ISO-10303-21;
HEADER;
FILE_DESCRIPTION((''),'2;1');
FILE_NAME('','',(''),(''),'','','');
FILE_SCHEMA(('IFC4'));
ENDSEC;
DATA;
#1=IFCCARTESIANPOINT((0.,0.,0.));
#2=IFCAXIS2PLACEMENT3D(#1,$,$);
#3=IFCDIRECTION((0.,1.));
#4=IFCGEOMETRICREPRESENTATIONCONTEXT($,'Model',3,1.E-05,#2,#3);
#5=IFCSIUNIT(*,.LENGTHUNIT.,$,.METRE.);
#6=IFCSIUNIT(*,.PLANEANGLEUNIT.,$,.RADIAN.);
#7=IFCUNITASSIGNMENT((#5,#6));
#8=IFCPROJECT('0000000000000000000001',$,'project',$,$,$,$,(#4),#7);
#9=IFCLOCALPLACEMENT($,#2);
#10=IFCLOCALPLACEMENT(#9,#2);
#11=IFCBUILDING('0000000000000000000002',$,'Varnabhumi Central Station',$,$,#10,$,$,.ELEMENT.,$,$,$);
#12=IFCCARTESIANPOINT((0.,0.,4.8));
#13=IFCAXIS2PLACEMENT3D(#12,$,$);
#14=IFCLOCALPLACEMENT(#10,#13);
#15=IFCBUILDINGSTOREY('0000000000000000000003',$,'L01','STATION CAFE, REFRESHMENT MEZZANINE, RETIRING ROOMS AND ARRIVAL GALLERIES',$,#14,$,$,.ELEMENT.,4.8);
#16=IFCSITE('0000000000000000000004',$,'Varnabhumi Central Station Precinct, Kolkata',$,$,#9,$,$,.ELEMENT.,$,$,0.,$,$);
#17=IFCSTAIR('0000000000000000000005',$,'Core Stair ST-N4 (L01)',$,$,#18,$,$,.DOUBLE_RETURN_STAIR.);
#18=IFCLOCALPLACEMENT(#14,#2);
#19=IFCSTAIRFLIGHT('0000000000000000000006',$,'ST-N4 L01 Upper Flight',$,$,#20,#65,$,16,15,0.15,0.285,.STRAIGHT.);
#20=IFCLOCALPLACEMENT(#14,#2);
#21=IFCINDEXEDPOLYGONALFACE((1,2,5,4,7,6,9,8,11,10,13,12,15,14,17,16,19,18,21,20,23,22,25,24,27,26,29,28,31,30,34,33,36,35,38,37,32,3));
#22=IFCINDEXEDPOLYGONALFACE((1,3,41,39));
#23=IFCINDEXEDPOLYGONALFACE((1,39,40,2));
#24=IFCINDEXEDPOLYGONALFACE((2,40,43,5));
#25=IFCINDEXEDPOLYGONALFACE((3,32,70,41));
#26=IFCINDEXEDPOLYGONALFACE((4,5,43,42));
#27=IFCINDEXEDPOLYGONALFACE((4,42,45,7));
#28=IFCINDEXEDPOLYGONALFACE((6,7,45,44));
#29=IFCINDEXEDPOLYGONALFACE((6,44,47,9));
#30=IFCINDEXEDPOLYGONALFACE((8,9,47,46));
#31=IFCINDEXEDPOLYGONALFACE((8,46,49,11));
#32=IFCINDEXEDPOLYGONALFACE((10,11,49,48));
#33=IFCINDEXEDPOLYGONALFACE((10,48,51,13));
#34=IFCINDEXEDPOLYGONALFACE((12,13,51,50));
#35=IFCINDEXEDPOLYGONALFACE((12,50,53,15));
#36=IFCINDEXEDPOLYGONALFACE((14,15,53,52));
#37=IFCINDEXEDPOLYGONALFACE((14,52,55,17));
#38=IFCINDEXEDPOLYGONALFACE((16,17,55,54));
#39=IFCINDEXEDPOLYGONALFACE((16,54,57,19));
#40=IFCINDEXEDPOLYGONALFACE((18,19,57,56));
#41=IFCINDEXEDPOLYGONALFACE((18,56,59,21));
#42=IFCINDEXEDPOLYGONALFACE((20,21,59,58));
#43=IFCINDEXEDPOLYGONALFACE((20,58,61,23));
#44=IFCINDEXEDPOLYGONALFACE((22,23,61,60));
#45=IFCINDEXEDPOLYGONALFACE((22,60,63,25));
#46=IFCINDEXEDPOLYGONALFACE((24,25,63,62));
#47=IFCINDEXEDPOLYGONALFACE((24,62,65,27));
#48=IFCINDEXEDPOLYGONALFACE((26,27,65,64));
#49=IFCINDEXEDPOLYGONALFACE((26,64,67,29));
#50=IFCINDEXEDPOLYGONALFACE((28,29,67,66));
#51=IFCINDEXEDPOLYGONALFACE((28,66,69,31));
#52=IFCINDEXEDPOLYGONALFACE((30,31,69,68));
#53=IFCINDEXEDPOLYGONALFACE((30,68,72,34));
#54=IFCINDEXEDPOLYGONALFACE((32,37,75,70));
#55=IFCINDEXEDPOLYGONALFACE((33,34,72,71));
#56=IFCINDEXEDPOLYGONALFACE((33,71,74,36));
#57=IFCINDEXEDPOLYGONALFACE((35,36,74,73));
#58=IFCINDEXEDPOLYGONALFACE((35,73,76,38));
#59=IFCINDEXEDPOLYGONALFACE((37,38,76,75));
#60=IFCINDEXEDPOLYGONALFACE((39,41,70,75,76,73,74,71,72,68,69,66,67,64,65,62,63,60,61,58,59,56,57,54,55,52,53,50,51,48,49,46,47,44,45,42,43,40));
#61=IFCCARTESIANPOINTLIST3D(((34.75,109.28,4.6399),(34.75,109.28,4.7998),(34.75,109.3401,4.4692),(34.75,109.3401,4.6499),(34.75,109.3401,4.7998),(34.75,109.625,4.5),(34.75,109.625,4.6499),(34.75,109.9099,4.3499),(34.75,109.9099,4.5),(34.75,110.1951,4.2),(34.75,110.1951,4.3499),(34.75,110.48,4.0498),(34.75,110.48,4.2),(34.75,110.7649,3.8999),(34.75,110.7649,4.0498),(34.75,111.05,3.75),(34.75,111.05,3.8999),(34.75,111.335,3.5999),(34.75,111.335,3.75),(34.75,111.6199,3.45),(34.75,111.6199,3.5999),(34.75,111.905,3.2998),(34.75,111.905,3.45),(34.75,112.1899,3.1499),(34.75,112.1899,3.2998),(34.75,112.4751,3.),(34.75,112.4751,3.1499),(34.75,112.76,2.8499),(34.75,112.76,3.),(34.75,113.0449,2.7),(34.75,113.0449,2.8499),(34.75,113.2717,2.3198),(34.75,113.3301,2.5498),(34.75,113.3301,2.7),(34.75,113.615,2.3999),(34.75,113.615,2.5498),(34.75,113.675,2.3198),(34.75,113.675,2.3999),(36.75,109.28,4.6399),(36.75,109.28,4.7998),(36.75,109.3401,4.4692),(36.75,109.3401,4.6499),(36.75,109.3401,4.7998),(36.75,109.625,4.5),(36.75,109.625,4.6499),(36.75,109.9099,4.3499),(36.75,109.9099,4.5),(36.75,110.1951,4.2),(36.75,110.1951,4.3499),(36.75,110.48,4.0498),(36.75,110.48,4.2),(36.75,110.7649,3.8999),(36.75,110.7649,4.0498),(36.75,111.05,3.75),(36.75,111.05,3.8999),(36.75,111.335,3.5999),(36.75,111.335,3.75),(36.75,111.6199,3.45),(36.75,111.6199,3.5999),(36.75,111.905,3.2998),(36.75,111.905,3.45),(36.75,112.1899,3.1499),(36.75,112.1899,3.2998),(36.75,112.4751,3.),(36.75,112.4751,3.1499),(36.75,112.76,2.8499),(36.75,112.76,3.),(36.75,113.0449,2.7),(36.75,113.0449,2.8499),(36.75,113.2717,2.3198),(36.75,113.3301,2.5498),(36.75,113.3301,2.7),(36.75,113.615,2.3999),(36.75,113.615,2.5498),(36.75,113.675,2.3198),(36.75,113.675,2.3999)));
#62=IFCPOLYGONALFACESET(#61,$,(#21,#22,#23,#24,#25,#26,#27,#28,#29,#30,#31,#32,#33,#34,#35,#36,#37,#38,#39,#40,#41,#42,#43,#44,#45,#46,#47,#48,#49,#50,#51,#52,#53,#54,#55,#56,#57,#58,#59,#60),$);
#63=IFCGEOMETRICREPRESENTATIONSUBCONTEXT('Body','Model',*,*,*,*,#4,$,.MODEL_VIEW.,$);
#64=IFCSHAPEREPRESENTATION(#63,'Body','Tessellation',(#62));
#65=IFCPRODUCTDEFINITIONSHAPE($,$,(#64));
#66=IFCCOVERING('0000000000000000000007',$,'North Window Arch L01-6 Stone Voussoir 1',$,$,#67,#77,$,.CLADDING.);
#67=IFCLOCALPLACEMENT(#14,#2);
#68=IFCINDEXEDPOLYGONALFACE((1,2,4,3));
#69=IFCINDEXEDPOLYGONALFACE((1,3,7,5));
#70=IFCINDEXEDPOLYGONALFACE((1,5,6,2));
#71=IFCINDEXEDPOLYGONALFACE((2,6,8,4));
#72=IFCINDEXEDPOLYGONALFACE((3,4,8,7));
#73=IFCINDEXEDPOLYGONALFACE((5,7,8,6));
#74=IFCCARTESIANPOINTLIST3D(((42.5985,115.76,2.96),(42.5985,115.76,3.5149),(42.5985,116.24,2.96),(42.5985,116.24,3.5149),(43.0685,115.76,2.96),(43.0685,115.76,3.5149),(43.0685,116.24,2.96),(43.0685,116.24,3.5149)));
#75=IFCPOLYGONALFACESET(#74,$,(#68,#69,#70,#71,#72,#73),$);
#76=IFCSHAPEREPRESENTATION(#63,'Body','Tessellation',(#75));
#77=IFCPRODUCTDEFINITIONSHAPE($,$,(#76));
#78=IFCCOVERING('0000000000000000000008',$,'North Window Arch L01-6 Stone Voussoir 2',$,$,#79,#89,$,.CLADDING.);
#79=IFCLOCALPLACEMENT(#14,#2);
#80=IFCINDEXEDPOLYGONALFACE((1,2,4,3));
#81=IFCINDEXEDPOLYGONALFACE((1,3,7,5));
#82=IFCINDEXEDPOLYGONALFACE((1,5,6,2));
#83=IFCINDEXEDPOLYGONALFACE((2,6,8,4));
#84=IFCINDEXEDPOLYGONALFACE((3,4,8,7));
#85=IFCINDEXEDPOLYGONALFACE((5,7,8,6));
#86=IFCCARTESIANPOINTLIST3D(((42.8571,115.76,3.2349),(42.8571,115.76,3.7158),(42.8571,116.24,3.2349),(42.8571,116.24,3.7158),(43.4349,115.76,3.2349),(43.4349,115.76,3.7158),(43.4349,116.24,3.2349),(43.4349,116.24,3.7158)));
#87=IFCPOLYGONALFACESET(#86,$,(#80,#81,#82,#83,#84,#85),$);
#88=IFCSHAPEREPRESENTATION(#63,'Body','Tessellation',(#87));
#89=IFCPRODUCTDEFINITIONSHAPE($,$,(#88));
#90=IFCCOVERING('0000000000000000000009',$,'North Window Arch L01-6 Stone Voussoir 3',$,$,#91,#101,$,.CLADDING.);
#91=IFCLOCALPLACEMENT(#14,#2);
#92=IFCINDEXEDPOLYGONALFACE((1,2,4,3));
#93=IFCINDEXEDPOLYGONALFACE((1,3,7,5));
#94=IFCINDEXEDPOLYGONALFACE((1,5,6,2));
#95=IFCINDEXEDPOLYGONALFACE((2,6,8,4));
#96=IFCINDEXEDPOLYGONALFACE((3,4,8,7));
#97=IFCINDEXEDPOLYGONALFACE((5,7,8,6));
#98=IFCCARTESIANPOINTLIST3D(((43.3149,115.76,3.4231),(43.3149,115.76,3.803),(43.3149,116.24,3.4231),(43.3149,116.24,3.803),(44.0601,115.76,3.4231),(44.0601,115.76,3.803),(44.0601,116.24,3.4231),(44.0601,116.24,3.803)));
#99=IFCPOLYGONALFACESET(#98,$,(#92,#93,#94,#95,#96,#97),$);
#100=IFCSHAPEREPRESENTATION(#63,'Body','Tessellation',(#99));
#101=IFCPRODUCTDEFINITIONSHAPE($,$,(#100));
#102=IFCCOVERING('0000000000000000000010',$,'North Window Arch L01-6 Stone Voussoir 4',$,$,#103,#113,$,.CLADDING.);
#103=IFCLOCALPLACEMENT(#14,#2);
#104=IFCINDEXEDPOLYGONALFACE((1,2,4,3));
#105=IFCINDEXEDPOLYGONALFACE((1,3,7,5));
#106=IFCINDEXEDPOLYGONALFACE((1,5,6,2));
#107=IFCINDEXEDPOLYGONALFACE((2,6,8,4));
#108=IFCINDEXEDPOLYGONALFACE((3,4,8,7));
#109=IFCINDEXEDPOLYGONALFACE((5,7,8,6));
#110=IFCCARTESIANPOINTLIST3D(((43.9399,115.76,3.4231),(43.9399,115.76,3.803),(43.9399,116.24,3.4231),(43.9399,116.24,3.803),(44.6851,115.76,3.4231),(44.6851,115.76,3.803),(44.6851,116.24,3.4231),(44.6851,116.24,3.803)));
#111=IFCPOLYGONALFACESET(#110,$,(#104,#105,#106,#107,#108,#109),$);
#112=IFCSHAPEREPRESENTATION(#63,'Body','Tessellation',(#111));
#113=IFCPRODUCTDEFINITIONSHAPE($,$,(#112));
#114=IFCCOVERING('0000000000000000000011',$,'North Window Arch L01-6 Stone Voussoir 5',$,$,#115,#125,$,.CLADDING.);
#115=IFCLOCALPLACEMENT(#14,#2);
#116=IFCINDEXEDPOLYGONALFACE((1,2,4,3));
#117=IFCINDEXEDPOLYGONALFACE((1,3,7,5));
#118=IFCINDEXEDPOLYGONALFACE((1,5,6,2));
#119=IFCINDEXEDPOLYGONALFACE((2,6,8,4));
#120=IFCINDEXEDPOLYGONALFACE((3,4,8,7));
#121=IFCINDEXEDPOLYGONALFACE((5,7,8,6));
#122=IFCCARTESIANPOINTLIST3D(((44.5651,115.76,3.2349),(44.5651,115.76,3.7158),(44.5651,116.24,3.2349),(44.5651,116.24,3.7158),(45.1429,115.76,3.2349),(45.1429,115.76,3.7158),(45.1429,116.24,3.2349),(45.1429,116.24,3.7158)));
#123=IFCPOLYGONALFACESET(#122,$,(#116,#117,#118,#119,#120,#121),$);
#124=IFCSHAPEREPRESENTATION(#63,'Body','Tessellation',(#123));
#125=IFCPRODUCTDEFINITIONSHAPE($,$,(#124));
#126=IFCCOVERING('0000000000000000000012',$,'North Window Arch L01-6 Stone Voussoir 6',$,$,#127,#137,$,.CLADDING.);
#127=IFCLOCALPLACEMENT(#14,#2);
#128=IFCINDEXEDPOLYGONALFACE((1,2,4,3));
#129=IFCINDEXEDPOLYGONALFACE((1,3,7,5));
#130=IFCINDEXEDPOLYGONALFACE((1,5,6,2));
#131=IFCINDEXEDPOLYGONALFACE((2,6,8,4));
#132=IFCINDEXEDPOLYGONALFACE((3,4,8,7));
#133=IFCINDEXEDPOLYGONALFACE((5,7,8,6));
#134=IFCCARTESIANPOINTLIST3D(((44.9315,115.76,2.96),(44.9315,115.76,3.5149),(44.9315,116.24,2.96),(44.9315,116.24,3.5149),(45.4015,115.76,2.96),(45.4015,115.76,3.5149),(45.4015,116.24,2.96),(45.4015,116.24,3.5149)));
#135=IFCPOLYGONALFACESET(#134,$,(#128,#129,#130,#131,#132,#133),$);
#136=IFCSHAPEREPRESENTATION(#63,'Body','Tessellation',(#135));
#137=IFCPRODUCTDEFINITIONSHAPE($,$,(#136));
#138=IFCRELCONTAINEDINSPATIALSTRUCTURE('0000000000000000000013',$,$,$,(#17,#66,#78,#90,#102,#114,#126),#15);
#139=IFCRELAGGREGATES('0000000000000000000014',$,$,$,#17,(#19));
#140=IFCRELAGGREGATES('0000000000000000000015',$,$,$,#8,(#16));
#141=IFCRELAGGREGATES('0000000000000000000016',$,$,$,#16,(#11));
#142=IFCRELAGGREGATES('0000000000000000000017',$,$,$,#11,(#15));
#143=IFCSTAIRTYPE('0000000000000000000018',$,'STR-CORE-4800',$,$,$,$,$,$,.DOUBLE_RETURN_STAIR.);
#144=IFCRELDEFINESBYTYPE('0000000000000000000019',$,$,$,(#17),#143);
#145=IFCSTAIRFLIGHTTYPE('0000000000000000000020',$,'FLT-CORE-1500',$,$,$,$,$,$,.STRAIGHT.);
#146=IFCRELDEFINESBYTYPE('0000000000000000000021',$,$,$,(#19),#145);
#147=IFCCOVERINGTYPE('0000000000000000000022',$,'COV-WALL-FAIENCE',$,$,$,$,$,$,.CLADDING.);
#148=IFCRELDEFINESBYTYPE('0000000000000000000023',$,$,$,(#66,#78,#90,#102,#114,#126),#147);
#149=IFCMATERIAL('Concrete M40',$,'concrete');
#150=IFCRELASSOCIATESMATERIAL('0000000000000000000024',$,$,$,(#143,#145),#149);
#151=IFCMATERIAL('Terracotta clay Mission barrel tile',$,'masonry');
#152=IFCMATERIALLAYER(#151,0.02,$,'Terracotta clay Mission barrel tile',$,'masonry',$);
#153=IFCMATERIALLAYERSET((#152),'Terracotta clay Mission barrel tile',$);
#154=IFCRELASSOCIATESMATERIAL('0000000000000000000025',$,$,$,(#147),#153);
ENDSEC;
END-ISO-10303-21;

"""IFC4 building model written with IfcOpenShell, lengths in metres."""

from ifc_helpers import new_model, si_unit, direction, frame, origin, origin_2d, place, context, subcontext, project, spatial, polyline, rectangle, outline, extrude, material, layer, layer_set, type_object, element, aggregate, save


model = new_model("IFC4")

# Units and contexts
model_context = context("Model", 3, precision=1e-05, world=origin(), true_north=direction((0.0, 1.0)))
body_context = subcontext(model_context, "Body", "Model", "MODEL_VIEW")
ifc_project = project(units=[si_unit("LENGTHUNIT", "METRE"), si_unit("PLANEANGLEUNIT", "RADIAN")], contexts=[model_context])

# Site, building, storey
site_placement = place(None, origin())
site = spatial("IfcSite", under=ifc_project, at=site_placement, Name="Varnabhumi Central Station Precinct, Kolkata", CompositionType="ELEMENT", RefElevation=0.0)
building_placement = place(site_placement, origin())
building = spatial("IfcBuilding", under=site, at=building_placement, Name="Varnabhumi Central Station", CompositionType="ELEMENT")
storey_placement = place(building_placement, frame((0.0, 0.0, 4.8)))
storey = spatial("IfcBuildingStorey", under=building, at=storey_placement, Name="L01", Description="STATION CAFE, REFRESHMENT MEZZANINE, RETIRING ROOMS AND ARRIVAL GALLERIES", CompositionType="ELEMENT", Elevation=4.8)

# Shared definitions
ifc_material_1 = material(Name="Concrete M40", Category="concrete")

# Stair, stair flight
stair_type = type_object("IfcStairType", Name="STR-CORE-4800", PredefinedType="DOUBLE_RETURN_STAIR", material=ifc_material_1)
stair_placement = place(storey_placement, origin())
stair = element("IfcStair", 1, at=stair_placement, inside=storey, type_object=stair_type, Name="Core Stair ST-N4 (L01)", PredefinedType="DOUBLE_RETURN_STAIR")
stair_flight_type = type_object("IfcStairFlightType", Name="FLT-CORE-1500", PredefinedType="STRAIGHT", material=ifc_material_1)
stair_flight_placement = place(storey_placement, frame((35.75, 113.615, 2.3999), z_axis=(0.0, 0.0, 1.0), x_axis=(0.0, -1.0, 0.0)))
stair_flight = element("IfcStairFlight", 2, at=stair_flight_placement, type_object=stair_flight_type, Name="ST-N4 L01 Upper Flight", NumberOfRisers=16, NumberOfTreads=15, PredefinedType="STRAIGHT", RiserHeight=0.15, TreadLength=0.285, context=body_context, shape_type="SweptSolid", body=[
    extrude(outline(polyline([(-0.0601, -0.0801), (-0.0601, 0.0), (0.0, 0.0), (0.0, 0.1499), (0.2849, 0.1499), (0.2849, 0.3), (0.5701, 0.3), (0.5701, 0.45), (0.855, 0.45), (0.855, 0.6001), (1.1399, 0.6001), (1.1399, 0.75), (1.425, 0.75), (1.425, 0.8999), (1.71, 0.8999), (1.71, 1.05), (1.9951, 1.05), (1.9951, 1.2), (2.28, 1.2), (2.28, 1.3501), (2.5649, 1.3501), (2.5649, 1.5), (2.8501, 1.5), (2.8501, 1.6499), (3.135, 1.6499), (3.135, 1.8), (3.4199, 1.8), (3.4199, 1.95), (3.7051, 1.95), (3.7051, 2.1001), (3.99, 2.1001), (3.99, 2.25), (4.2749, 2.25), (4.2749, 2.3999), (4.335, 2.3999), (4.335, 2.24), (4.2749, 2.0693), (0.3433, -0.0801), (-0.0601, -0.0801)])), frame((0.0, 1.0, 0.0), z_axis=(0.0, -1.0, 0.0), x_axis=(1.0, 0.0, 0.0)), (0.0, 0.0, 1.0), 2.0),
])
aggregate(stair, [stair_flight])

# Coverings
ifc_material_2 = material(Name="Terracotta clay Mission barrel tile", Category="masonry")
ifc_layer_1 = layer(ifc_material_2, 0.02, Name="Terracotta clay Mission barrel tile", Category="masonry")
ifc_layer_set_1 = layer_set([ifc_layer_1], Name="Terracotta clay Mission barrel tile")
covering_type = type_object("IfcCoveringType", Name="COV-WALL-FAIENCE", PredefinedType="CLADDING", material=ifc_layer_set_1)
covering_1_placement = place(storey_placement, frame((42.8335, 116.0, 2.96), z_axis=(0.0, 0.0, 1.0), x_axis=(1.0, 0.0, 0.0)))
element("IfcCovering", 3, at=covering_1_placement, inside=storey, type_object=covering_type, Name="North Window Arch L01-6 Stone Voussoir 1", PredefinedType="CLADDING", context=body_context, shape_type="SweptSolid", body=[
    extrude(rectangle(XDim=0.47, YDim=0.48, at=origin_2d()), origin(), (0.0, 0.0, 1.0), 0.5549),
])
covering_2_placement = place(storey_placement, frame((43.146, 116.0, 3.2349), z_axis=(0.0, 0.0, 1.0), x_axis=(1.0, 0.0, 0.0)))
element("IfcCovering", 4, at=covering_2_placement, inside=storey, type_object=covering_type, Name="North Window Arch L01-6 Stone Voussoir 2", PredefinedType="CLADDING", context=body_context, shape_type="SweptSolid", body=[
    extrude(rectangle(XDim=0.5779, YDim=0.48, at=origin_2d()), origin(), (0.0, 0.0, 1.0), 0.481),
])
for number, where, z_axis, x_axis, name in (
    (5, (43.6875, 116.0, 3.4231), (0.0, 0.0, 1.0), (1.0, 0.0, 0.0), "North Window Arch L01-6 Stone Voussoir 3"),
    (6, (44.3125, 116.0, 3.4231), (0.0, 0.0, 1.0), (1.0, 0.0, 0.0), "North Window Arch L01-6 Stone Voussoir 4"),
):
    element("IfcCovering", number, at=place(storey_placement, frame(where, z_axis=z_axis, x_axis=x_axis)), inside=storey, type_object=covering_type, Name=name, PredefinedType="CLADDING", context=body_context, shape_type="SweptSolid", body=[
        extrude(rectangle(XDim=0.7451, YDim=0.48, at=origin_2d()), origin(), (0.0, 0.0, 1.0), 0.3799),
    ])
covering_3_placement = place(storey_placement, frame((44.854, 116.0, 3.2349), z_axis=(0.0, 0.0, 1.0), x_axis=(1.0, 0.0, 0.0)))
element("IfcCovering", 7, at=covering_3_placement, inside=storey, type_object=covering_type, Name="North Window Arch L01-6 Stone Voussoir 5", PredefinedType="CLADDING", context=body_context, shape_type="SweptSolid", body=[
    extrude(rectangle(XDim=0.5779, YDim=0.48, at=origin_2d()), origin(), (0.0, 0.0, 1.0), 0.481),
])
covering_4_placement = place(storey_placement, frame((45.1665, 116.0, 2.96), z_axis=(0.0, 0.0, 1.0), x_axis=(1.0, 0.0, 0.0)))
element("IfcCovering", 8, at=covering_4_placement, inside=storey, type_object=covering_type, Name="North Window Arch L01-6 Stone Voussoir 6", PredefinedType="CLADDING", context=body_context, shape_type="SweptSolid", body=[
    extrude(rectangle(XDim=0.47, YDim=0.48, at=origin_2d()), origin(), (0.0, 0.0, 1.0), 0.5549),
])

save(model, "model.ifc")
